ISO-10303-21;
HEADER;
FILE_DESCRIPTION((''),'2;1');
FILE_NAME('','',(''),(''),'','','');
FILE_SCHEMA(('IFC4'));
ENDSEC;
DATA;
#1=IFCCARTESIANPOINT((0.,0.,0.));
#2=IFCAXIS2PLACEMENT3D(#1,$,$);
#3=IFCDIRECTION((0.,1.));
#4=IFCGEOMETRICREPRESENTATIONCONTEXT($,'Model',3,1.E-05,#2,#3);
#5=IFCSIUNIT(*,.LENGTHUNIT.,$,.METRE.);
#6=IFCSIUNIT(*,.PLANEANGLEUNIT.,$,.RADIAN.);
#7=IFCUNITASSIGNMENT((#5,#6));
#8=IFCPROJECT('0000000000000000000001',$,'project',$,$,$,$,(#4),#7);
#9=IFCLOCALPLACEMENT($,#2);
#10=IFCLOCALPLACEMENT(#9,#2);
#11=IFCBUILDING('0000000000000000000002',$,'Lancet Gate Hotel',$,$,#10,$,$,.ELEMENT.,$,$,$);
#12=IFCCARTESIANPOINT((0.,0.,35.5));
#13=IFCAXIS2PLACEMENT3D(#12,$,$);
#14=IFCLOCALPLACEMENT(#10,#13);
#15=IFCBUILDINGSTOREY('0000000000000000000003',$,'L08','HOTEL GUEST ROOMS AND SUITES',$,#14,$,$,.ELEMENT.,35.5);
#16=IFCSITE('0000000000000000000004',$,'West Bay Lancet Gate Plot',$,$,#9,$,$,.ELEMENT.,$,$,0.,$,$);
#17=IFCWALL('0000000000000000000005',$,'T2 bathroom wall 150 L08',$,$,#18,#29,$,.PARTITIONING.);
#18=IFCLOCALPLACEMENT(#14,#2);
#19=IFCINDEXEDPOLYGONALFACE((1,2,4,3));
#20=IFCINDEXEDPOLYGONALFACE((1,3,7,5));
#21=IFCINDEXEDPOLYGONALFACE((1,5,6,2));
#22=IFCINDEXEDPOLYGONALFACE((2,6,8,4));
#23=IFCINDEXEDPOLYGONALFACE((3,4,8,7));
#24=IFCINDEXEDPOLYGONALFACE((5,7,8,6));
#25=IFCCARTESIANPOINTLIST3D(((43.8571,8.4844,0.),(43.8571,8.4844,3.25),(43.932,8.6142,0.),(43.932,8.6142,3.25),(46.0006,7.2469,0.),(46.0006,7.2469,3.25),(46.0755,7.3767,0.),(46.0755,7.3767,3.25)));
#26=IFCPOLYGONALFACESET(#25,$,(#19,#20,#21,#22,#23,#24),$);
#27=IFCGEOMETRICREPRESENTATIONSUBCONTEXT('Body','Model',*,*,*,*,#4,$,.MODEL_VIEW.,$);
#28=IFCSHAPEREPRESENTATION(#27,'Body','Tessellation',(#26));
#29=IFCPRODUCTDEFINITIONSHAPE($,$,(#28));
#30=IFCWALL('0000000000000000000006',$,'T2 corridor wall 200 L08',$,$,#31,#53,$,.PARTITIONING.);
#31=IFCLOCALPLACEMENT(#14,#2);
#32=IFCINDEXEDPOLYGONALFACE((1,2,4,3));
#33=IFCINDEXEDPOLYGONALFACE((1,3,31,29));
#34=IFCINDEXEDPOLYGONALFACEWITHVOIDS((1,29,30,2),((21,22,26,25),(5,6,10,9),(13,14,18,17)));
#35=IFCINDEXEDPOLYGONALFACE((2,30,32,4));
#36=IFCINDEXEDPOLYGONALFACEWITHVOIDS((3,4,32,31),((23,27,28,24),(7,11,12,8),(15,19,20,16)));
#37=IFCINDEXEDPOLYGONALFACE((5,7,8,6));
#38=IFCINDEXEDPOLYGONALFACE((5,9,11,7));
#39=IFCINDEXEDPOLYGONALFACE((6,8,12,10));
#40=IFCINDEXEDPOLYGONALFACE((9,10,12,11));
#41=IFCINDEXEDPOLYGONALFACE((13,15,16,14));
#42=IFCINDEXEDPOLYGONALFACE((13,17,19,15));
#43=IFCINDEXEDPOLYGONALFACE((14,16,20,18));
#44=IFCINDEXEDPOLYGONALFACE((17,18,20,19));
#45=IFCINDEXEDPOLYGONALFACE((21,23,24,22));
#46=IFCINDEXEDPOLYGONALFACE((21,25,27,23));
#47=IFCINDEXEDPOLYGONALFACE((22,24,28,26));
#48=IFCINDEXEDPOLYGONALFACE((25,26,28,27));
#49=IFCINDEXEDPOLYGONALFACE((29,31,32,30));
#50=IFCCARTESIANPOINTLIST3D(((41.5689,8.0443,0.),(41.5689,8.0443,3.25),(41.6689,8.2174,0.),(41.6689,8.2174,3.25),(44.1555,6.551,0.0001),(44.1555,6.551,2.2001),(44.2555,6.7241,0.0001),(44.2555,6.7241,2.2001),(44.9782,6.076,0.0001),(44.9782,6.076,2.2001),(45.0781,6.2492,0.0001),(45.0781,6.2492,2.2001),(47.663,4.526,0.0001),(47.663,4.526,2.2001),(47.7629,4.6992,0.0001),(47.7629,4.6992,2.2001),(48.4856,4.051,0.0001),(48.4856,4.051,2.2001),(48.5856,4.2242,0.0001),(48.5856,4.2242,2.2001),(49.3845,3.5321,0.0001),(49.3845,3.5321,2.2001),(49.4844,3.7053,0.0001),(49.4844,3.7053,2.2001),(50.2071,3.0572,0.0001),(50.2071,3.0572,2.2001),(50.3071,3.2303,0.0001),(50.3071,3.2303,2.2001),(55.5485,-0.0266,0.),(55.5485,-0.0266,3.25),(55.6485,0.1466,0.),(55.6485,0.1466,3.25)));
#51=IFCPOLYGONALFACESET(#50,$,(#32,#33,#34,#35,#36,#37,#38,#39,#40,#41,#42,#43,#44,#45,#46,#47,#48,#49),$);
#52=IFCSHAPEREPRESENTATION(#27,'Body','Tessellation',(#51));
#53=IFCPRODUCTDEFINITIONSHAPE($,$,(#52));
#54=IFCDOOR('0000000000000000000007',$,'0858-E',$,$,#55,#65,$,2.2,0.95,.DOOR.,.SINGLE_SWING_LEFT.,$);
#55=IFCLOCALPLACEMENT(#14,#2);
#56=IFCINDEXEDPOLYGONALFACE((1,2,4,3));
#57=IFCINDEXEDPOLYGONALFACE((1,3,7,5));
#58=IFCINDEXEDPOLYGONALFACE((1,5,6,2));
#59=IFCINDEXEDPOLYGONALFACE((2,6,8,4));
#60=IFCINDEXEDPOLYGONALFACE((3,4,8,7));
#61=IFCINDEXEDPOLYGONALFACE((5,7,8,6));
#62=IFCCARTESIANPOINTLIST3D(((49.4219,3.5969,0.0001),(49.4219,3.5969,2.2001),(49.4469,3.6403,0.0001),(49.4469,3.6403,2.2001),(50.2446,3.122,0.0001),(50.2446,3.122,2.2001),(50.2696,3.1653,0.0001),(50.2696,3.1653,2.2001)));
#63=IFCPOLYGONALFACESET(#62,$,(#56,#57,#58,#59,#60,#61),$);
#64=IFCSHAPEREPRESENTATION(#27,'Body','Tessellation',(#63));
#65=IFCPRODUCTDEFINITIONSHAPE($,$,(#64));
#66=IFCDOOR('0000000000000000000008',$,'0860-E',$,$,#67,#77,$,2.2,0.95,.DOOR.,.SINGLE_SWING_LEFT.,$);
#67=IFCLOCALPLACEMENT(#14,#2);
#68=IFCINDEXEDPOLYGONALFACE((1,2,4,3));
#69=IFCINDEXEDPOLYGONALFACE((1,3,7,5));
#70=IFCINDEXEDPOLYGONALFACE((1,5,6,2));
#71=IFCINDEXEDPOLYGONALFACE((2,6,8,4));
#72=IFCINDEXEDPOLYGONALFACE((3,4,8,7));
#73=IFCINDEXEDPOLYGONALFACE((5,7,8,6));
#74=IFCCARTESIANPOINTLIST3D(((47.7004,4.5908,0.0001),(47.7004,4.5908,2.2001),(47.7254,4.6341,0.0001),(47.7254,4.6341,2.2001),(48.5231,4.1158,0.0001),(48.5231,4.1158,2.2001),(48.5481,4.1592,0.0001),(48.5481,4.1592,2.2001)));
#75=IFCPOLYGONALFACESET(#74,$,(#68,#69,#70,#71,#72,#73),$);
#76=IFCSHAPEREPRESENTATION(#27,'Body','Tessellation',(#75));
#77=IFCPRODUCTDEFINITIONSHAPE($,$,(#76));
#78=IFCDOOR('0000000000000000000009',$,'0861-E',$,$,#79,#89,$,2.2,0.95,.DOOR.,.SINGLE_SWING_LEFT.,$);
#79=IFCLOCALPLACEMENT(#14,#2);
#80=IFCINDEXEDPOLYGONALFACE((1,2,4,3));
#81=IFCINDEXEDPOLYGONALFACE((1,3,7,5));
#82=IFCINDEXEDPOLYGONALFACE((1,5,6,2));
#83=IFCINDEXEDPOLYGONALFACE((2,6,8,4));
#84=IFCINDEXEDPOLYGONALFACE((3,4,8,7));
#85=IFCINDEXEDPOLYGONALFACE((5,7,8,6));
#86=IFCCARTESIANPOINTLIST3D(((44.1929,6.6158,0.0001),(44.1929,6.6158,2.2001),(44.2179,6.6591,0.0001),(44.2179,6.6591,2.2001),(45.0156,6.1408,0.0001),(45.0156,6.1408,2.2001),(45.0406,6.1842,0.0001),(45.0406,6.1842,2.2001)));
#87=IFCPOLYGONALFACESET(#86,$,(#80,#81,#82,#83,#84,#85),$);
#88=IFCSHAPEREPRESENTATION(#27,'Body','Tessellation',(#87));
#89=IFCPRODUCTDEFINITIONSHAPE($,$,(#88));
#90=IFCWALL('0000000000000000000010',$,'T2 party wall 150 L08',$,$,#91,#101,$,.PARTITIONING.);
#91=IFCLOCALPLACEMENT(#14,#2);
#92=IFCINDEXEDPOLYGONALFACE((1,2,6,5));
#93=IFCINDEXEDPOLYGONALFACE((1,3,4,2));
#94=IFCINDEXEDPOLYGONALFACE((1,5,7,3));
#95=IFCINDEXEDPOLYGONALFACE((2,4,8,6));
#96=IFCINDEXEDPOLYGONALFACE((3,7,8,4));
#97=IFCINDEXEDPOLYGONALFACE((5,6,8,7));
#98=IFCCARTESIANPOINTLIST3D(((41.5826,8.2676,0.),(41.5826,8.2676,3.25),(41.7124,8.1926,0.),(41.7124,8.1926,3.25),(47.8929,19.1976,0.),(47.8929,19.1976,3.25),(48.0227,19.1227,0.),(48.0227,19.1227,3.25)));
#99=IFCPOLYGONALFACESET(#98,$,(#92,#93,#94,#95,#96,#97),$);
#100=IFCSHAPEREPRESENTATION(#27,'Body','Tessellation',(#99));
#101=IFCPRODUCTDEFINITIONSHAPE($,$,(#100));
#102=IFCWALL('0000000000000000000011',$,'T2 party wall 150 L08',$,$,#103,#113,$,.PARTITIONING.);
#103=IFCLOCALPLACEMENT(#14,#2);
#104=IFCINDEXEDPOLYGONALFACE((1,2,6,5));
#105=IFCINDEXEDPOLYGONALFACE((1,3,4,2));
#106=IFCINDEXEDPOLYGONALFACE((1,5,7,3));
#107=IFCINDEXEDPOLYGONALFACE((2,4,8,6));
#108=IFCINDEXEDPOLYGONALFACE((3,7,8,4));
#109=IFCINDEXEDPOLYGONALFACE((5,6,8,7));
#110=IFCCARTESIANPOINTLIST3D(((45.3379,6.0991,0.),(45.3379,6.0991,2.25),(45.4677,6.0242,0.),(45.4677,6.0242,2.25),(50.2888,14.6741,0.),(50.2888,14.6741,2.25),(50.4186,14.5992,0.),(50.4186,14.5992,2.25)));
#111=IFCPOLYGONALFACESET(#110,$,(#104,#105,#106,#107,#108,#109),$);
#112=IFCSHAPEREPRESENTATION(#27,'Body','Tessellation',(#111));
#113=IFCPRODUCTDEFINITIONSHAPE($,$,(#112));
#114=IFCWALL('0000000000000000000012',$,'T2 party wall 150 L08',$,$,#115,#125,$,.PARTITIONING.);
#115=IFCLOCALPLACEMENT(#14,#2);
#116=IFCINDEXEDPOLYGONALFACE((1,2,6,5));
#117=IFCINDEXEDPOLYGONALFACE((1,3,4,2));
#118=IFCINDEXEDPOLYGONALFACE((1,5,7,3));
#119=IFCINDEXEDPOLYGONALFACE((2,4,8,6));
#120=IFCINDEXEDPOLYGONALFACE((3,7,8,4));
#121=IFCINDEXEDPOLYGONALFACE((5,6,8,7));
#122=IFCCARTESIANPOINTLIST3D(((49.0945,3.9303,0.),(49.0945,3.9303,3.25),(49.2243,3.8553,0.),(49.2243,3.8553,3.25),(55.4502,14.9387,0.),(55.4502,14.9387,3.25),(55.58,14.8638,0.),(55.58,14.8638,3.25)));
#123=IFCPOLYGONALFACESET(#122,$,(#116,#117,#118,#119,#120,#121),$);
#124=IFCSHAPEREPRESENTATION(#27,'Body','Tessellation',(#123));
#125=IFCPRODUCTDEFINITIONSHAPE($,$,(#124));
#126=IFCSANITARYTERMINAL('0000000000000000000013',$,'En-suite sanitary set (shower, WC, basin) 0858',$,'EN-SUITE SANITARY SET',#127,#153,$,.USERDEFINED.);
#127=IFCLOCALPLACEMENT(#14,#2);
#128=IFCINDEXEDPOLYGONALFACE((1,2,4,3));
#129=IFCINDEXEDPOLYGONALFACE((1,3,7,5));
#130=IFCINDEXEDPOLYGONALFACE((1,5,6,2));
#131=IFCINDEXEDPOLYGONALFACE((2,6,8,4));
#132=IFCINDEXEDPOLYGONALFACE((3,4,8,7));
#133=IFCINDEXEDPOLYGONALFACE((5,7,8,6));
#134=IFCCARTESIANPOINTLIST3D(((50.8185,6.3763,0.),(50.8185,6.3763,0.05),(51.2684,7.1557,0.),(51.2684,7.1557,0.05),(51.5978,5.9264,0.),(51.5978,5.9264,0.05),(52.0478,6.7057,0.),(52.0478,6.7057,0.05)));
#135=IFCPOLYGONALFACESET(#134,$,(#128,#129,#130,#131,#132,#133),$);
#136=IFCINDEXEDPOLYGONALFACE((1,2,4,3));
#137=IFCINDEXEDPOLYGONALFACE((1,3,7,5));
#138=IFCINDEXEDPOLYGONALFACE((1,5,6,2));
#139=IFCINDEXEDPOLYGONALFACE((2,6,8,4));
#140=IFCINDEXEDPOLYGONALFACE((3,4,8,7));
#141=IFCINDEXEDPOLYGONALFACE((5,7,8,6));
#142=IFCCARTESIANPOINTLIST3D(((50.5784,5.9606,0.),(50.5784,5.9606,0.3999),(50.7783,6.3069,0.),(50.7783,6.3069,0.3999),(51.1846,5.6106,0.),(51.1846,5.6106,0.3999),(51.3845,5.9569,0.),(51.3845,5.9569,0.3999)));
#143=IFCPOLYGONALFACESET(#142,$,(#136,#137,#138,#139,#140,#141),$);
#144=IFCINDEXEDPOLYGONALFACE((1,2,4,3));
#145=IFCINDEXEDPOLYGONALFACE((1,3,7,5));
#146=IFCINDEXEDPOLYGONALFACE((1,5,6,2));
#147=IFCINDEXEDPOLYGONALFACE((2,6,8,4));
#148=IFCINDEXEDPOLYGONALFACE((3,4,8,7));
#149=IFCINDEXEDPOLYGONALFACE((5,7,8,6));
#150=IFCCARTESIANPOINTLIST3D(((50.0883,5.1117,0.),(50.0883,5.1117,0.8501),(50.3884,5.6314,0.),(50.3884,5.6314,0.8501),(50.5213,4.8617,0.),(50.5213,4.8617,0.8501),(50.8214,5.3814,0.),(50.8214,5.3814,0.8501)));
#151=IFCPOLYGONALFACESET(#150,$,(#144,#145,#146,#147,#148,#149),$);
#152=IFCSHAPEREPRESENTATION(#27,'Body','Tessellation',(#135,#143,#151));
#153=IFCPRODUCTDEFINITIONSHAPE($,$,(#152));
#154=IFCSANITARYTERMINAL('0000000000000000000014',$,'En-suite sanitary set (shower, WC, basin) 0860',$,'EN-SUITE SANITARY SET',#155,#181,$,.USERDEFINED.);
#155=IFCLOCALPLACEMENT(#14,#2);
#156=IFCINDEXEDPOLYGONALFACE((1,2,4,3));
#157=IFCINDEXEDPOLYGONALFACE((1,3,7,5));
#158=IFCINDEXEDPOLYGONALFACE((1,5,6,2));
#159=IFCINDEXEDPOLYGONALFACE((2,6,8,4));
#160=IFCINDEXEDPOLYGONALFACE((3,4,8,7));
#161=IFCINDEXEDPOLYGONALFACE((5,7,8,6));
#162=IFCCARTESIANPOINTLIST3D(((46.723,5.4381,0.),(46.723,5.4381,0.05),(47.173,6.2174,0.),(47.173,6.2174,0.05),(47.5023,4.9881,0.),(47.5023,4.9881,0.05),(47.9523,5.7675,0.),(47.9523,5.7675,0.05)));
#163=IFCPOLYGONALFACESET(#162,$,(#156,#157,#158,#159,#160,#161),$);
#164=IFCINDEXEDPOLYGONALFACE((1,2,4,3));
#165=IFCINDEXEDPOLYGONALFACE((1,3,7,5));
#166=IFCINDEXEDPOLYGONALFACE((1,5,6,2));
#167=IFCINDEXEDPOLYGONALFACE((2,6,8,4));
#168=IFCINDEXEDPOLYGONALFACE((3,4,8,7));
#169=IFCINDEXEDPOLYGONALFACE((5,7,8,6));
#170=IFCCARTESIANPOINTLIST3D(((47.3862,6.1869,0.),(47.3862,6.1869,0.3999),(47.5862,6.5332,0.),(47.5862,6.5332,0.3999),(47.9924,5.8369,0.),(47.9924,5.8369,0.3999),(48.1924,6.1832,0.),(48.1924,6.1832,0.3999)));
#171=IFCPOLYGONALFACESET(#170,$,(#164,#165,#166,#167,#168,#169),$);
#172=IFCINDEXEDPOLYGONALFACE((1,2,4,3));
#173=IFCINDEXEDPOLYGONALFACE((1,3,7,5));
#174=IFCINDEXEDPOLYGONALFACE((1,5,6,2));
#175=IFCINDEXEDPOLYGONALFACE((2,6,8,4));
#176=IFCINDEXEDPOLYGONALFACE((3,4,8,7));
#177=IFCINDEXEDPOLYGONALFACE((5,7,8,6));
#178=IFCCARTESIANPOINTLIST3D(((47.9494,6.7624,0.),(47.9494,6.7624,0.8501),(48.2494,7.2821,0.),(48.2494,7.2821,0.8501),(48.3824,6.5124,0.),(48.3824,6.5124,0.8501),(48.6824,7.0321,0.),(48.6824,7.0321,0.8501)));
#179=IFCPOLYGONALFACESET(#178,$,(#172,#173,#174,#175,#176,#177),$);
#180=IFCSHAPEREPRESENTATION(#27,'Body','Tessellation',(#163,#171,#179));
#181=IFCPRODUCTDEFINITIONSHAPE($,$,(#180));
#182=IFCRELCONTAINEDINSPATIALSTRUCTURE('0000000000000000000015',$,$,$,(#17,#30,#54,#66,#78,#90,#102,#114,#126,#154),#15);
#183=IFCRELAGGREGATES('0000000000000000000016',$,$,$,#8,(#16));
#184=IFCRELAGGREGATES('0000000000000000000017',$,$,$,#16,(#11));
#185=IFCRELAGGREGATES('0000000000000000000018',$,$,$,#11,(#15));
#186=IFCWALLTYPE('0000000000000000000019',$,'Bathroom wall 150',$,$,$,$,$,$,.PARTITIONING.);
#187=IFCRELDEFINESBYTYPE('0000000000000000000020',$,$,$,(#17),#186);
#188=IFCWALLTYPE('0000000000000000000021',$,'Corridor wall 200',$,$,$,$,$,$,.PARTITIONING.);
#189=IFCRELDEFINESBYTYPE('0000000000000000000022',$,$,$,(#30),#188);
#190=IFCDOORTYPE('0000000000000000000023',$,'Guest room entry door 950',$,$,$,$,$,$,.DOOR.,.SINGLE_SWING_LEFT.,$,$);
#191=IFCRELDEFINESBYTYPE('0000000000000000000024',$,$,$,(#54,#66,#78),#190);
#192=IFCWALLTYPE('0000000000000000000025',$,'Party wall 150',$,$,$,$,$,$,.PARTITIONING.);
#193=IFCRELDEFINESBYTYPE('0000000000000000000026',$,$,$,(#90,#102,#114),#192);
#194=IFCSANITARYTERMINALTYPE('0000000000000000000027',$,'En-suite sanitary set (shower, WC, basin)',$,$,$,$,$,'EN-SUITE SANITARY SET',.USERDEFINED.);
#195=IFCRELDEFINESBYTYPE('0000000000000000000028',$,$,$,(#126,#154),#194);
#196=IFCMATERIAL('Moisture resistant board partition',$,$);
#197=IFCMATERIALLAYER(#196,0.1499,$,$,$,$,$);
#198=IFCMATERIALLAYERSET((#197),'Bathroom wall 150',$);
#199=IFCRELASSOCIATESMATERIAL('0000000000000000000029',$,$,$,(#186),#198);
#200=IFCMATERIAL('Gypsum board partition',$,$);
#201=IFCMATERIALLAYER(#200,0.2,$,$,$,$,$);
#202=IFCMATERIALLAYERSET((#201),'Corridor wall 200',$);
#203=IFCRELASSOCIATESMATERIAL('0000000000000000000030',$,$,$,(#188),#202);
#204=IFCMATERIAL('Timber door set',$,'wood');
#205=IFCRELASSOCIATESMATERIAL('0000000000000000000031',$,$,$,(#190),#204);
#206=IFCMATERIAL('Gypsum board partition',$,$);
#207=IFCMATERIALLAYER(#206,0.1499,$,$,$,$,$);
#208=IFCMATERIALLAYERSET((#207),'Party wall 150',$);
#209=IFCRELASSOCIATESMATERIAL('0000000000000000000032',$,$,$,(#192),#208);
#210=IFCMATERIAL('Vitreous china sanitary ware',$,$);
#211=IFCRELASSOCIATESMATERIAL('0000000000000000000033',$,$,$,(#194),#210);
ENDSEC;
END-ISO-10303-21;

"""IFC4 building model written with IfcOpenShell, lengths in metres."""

from ifc_helpers import new_model, si_unit, direction, frame, frame_2d, origin, origin_2d, place, context, subcontext, project, spatial, rectangle, extrude, material, layer, layer_set, type_object, element, fill, save


model = new_model("IFC4")

# Units and contexts
model_context = context("Model", 3, precision=1e-05, world=origin(), true_north=direction((0.0, 1.0)))
body_context = subcontext(model_context, "Body", "Model", "MODEL_VIEW")
ifc_project = project(units=[si_unit("LENGTHUNIT", "METRE"), si_unit("PLANEANGLEUNIT", "RADIAN")], contexts=[model_context])

# Site, building, storey
site_placement = place(None, origin())
site = spatial("IfcSite", under=ifc_project, at=site_placement, Name="West Bay Lancet Gate Plot", CompositionType="ELEMENT", RefElevation=0.0)
building_placement = place(site_placement, origin())
building = spatial("IfcBuilding", under=site, at=building_placement, Name="Lancet Gate Hotel", CompositionType="ELEMENT")
storey_placement = place(building_placement, frame((0.0, 0.0, 35.5)))
storey = spatial("IfcBuildingStorey", under=building, at=storey_placement, Name="L08", Description="HOTEL GUEST ROOMS AND SUITES", CompositionType="ELEMENT", Elevation=35.5)

# Shared definitions
ifc_material_1 = material(Name="Moisture resistant board partition")
ifc_layer_1 = layer(ifc_material_1, 0.1499)
ifc_layer_set_1 = layer_set([ifc_layer_1], Name="Bathroom wall 150")
wall_type_1 = type_object("IfcWallType", Name="Bathroom wall 150", PredefinedType="PARTITIONING", material=ifc_layer_set_1)

# Wall
wall_1_placement = place(storey_placement, frame((43.8945, 8.5493, 0.0), z_axis=(0.0, 0.0, 1.0), x_axis=(0.866031, -0.49999, 0.0)))
element("IfcWall", 1, at=wall_1_placement, inside=storey, type_object=wall_type_1, Name="T2 bathroom wall 150 L08", PredefinedType="PARTITIONING", context=body_context, shape_type="SweptSolid", body=[
    extrude(rectangle(XDim=2.4751, YDim=0.1499, at=frame_2d((1.2375, 0.0))), origin(), (0.0, 0.0, 1.0), 3.25),
])

# Wall, openings, doors
ifc_material_2 = material(Name="Gypsum board partition")
ifc_layer_2 = layer(ifc_material_2, 0.2)
ifc_layer_set_2 = layer_set([ifc_layer_2], Name="Corridor wall 200")
wall_type_2 = type_object("IfcWallType", Name="Corridor wall 200", PredefinedType="PARTITIONING", material=ifc_layer_set_2)
wall_2_placement = place(storey_placement, frame((41.6189, 8.1309, 0.0), z_axis=(0.0, 0.0, 1.0), x_axis=(0.866032, -0.499988, 0.0)))
wall_2 = element("IfcWall", 2, at=wall_2_placement, inside=storey, type_object=wall_type_2, Name="T2 corridor wall 200 L08", PredefinedType="PARTITIONING", context=body_context, shape_type="SweptSolid", body=[
    extrude(rectangle(XDim=16.1421, YDim=0.2, at=frame_2d((8.071, 0.0))), origin(), (0.0, 0.0, 1.0), 3.25),
])
opening_1_placement = place(wall_2_placement, frame((9.0244, 0.0, 0.0)))
opening_1 = element("IfcOpeningElement", 3, at=opening_1_placement, cuts=wall_2, PredefinedType="OPENING", context=body_context, shape_type="SweptSolid", body=[
    extrude(rectangle(XDim=0.95, YDim=2.2, at=frame_2d((0.4751, 1.1001))), frame((0.0, 0.1099, 0.0), z_axis=(0.0, -1.0, 0.0), x_axis=(1.0, 0.0, 0.0)), (0.0, 0.0, 1.0), 0.22),
])
opening_2_placement = place(wall_2_placement, frame((7.0366, 0.0, 0.0)))
opening_2 = element("IfcOpeningElement", 4, at=opening_2_placement, cuts=wall_2, PredefinedType="OPENING", context=body_context, shape_type="SweptSolid", body=[
    extrude(rectangle(XDim=0.95, YDim=2.2, at=frame_2d((0.4751, 1.1001))), frame((0.0, 0.1099, 0.0), z_axis=(0.0, -1.0, 0.0), x_axis=(1.0, 0.0, 0.0)), (0.0, 0.0, 1.0), 0.22),
])
opening_3_placement = place(wall_2_placement, frame((2.9866, 0.0, 0.0)))
opening_3 = element("IfcOpeningElement", 5, at=opening_3_placement, cuts=wall_2, PredefinedType="OPENING", context=body_context, shape_type="SweptSolid", body=[
    extrude(rectangle(XDim=0.95, YDim=2.2, at=frame_2d((0.4751, 1.1001))), frame((0.0, 0.1099, 0.0), z_axis=(0.0, -1.0, 0.0), x_axis=(1.0, 0.0, 0.0)), (0.0, 0.0, 1.0), 0.22),
])
ifc_material_3 = material(Name="Timber door set", Category="wood")
door_type_1 = type_object("IfcDoorType", Name="Guest room entry door 950", OperationType="SINGLE_SWING_LEFT", PredefinedType="DOOR", material=ifc_material_3)
door_1_placement = place(opening_1_placement, origin())
door_1 = element("IfcDoor", 6, at=door_1_placement, inside=storey, type_object=door_type_1, Name="0858-E", OperationType="SINGLE_SWING_LEFT", OverallHeight=2.2, OverallWidth=0.95, PredefinedType="DOOR", context=body_context, shape_type="SweptSolid", body=[
    extrude(rectangle(XDim=0.95, YDim=2.2, at=frame_2d((0.4751, 1.1001))), frame((0.0, 0.0249, 0.0), z_axis=(0.0, -1.0, 0.0), x_axis=(1.0, 0.0, 0.0)), (0.0, 0.0, 1.0), 0.05),
])
fill(opening_1, door_1)
door_2_placement = place(opening_2_placement, origin())
door_2 = element("IfcDoor", 7, at=door_2_placement, inside=storey, type_object=door_type_1, Name="0860-E", OperationType="SINGLE_SWING_LEFT", OverallHeight=2.2, OverallWidth=0.95, PredefinedType="DOOR", context=body_context, shape_type="SweptSolid", body=[
    extrude(rectangle(XDim=0.95, YDim=2.2, at=frame_2d((0.4751, 1.1001))), frame((0.0, 0.0249, 0.0), z_axis=(0.0, -1.0, 0.0), x_axis=(1.0, 0.0, 0.0)), (0.0, 0.0, 1.0), 0.05),
])
fill(opening_2, door_2)
door_3_placement = place(opening_3_placement, origin())
door_3 = element("IfcDoor", 8, at=door_3_placement, inside=storey, type_object=door_type_1, Name="0861-E", OperationType="SINGLE_SWING_LEFT", OverallHeight=2.2, OverallWidth=0.95, PredefinedType="DOOR", context=body_context, shape_type="SweptSolid", body=[
    extrude(rectangle(XDim=0.95, YDim=2.2, at=frame_2d((0.4751, 1.1001))), frame((0.0, 0.0249, 0.0), z_axis=(0.0, -1.0, 0.0), x_axis=(1.0, 0.0, 0.0)), (0.0, 0.0, 1.0), 0.05),
])
fill(opening_3, door_3)

# Walls
ifc_material_4 = material(Name="Gypsum board partition")
ifc_layer_3 = layer(ifc_material_4, 0.1499)
ifc_layer_set_3 = layer_set([ifc_layer_3], Name="Party wall 150")
wall_type_3 = type_object("IfcWallType", Name="Party wall 150", PredefinedType="PARTITIONING", material=ifc_layer_set_3)
wall_3_placement = place(storey_placement, frame((41.6475, 8.23, 0.0), z_axis=(0.0, 0.0, 1.0), x_axis=(0.499986, 0.866034, 0.0)))
element("IfcWall", 9, at=wall_3_placement, inside=storey, type_object=wall_type_3, Name="T2 party wall 150 L08", PredefinedType="PARTITIONING", context=body_context, shape_type="SweptSolid", body=[
    extrude(rectangle(XDim=12.6208, YDim=0.1499, at=frame_2d((6.3105, 0.0))), origin(), (0.0, 0.0, 1.0), 3.25),
])
wall_4_placement = place(storey_placement, frame((45.4028, 6.0618, 0.0), z_axis=(0.0, 0.0, 1.0), x_axis=(0.500013, 0.866018, 0.0)))
element("IfcWall", 10, at=wall_4_placement, inside=storey, type_object=wall_type_3, Name="T2 party wall 150 L08", PredefinedType="PARTITIONING", context=body_context, shape_type="SweptSolid", body=[
    extrude(rectangle(XDim=9.9016, YDim=0.1499, at=frame_2d((4.9507, 0.0))), origin(), (0.0, 0.0, 1.0), 2.25),
])
wall_5_placement = place(storey_placement, frame((49.1594, 3.8928, 0.0), z_axis=(0.0, 0.0, 1.0), x_axis=(0.499996, 0.866028, 0.0)))
element("IfcWall", 11, at=wall_5_placement, inside=storey, type_object=wall_type_3, Name="T2 party wall 150 L08", PredefinedType="PARTITIONING", context=body_context, shape_type="SweptSolid", body=[
    extrude(rectangle(XDim=12.7114, YDim=0.1499, at=frame_2d((6.3557, 0.0))), origin(), (0.0, 0.0, 1.0), 3.25),
])

# Sanitary terminals
ifc_material_5 = material(Name="Vitreous china sanitary ware")
sanitary_terminal_type = type_object("IfcSanitaryTerminalType", Name="En-suite sanitary set (shower, WC, basin)", ElementType="EN-SUITE SANITARY SET", PredefinedType="USERDEFINED", material=ifc_material_5)
sanitary_terminal_1_placement = place(storey_placement, frame((51.4331, 6.541, 0.0), z_axis=(0.0, 0.0, 1.0), x_axis=(1.0, 0.0, 0.0)))
element("IfcSanitaryTerminal", 12, at=sanitary_terminal_1_placement, inside=storey, type_object=sanitary_terminal_type, Name="En-suite sanitary set (shower, WC, basin) 0858", ObjectType="EN-SUITE SANITARY SET", PredefinedType="USERDEFINED", context=body_context, shape_type="SweptSolid", body=[
    extrude(rectangle(XDim=0.8999, YDim=0.8999, at=origin_2d()), frame((0.0, 0.0, 0.0), z_axis=(0.0, 0.0, 1.0), x_axis=(0.5, 0.866025, 0.0)), (0.0, 0.0, 1.0), 0.05),
    extrude(rectangle(XDim=0.3999, YDim=0.7, at=origin_2d()), frame((-0.4517, -0.5823, 0.0), z_axis=(0.0, 0.0, 1.0), x_axis=(0.5, 0.866025, 0.0)), (0.0, 0.0, 1.0), 0.3999),
    extrude(rectangle(XDim=0.6001, YDim=0.5, at=origin_2d()), frame((-0.9783, -1.2944, 0.0), z_axis=(0.0, 0.0, 1.0), x_axis=(0.5, 0.866025, 0.0)), (0.0, 0.0, 1.0), 0.8501),
])
sanitary_terminal_2_placement = place(storey_placement, frame((47.3376, 5.6028, 0.0), z_axis=(0.0, 0.0, 1.0), x_axis=(1.0, 0.0, 0.0)))
element("IfcSanitaryTerminal", 13, at=sanitary_terminal_2_placement, inside=storey, type_object=sanitary_terminal_type, Name="En-suite sanitary set (shower, WC, basin) 0860", ObjectType="EN-SUITE SANITARY SET", PredefinedType="USERDEFINED", context=body_context, shape_type="SweptSolid", body=[
    extrude(rectangle(XDim=0.8999, YDim=0.8999, at=origin_2d()), frame((0.0, 0.0, 0.0), z_axis=(0.0, 0.0, 1.0), x_axis=(-0.5, -0.866025, 0.0)), (0.0, 0.0, 1.0), 0.05),
    extrude(rectangle(XDim=0.3999, YDim=0.7, at=origin_2d()), frame((0.4517, 0.5823, 0.0), z_axis=(0.0, 0.0, 1.0), x_axis=(-0.5, -0.866025, 0.0)), (0.0, 0.0, 1.0), 0.3999),
    extrude(rectangle(XDim=0.6001, YDim=0.5, at=origin_2d()), frame((0.9783, 1.2944, 0.0), z_axis=(0.0, 0.0, 1.0), x_axis=(-0.5, -0.866025, 0.0)), (0.0, 0.0, 1.0), 0.8501),
])

save(model, "model.ifc")
